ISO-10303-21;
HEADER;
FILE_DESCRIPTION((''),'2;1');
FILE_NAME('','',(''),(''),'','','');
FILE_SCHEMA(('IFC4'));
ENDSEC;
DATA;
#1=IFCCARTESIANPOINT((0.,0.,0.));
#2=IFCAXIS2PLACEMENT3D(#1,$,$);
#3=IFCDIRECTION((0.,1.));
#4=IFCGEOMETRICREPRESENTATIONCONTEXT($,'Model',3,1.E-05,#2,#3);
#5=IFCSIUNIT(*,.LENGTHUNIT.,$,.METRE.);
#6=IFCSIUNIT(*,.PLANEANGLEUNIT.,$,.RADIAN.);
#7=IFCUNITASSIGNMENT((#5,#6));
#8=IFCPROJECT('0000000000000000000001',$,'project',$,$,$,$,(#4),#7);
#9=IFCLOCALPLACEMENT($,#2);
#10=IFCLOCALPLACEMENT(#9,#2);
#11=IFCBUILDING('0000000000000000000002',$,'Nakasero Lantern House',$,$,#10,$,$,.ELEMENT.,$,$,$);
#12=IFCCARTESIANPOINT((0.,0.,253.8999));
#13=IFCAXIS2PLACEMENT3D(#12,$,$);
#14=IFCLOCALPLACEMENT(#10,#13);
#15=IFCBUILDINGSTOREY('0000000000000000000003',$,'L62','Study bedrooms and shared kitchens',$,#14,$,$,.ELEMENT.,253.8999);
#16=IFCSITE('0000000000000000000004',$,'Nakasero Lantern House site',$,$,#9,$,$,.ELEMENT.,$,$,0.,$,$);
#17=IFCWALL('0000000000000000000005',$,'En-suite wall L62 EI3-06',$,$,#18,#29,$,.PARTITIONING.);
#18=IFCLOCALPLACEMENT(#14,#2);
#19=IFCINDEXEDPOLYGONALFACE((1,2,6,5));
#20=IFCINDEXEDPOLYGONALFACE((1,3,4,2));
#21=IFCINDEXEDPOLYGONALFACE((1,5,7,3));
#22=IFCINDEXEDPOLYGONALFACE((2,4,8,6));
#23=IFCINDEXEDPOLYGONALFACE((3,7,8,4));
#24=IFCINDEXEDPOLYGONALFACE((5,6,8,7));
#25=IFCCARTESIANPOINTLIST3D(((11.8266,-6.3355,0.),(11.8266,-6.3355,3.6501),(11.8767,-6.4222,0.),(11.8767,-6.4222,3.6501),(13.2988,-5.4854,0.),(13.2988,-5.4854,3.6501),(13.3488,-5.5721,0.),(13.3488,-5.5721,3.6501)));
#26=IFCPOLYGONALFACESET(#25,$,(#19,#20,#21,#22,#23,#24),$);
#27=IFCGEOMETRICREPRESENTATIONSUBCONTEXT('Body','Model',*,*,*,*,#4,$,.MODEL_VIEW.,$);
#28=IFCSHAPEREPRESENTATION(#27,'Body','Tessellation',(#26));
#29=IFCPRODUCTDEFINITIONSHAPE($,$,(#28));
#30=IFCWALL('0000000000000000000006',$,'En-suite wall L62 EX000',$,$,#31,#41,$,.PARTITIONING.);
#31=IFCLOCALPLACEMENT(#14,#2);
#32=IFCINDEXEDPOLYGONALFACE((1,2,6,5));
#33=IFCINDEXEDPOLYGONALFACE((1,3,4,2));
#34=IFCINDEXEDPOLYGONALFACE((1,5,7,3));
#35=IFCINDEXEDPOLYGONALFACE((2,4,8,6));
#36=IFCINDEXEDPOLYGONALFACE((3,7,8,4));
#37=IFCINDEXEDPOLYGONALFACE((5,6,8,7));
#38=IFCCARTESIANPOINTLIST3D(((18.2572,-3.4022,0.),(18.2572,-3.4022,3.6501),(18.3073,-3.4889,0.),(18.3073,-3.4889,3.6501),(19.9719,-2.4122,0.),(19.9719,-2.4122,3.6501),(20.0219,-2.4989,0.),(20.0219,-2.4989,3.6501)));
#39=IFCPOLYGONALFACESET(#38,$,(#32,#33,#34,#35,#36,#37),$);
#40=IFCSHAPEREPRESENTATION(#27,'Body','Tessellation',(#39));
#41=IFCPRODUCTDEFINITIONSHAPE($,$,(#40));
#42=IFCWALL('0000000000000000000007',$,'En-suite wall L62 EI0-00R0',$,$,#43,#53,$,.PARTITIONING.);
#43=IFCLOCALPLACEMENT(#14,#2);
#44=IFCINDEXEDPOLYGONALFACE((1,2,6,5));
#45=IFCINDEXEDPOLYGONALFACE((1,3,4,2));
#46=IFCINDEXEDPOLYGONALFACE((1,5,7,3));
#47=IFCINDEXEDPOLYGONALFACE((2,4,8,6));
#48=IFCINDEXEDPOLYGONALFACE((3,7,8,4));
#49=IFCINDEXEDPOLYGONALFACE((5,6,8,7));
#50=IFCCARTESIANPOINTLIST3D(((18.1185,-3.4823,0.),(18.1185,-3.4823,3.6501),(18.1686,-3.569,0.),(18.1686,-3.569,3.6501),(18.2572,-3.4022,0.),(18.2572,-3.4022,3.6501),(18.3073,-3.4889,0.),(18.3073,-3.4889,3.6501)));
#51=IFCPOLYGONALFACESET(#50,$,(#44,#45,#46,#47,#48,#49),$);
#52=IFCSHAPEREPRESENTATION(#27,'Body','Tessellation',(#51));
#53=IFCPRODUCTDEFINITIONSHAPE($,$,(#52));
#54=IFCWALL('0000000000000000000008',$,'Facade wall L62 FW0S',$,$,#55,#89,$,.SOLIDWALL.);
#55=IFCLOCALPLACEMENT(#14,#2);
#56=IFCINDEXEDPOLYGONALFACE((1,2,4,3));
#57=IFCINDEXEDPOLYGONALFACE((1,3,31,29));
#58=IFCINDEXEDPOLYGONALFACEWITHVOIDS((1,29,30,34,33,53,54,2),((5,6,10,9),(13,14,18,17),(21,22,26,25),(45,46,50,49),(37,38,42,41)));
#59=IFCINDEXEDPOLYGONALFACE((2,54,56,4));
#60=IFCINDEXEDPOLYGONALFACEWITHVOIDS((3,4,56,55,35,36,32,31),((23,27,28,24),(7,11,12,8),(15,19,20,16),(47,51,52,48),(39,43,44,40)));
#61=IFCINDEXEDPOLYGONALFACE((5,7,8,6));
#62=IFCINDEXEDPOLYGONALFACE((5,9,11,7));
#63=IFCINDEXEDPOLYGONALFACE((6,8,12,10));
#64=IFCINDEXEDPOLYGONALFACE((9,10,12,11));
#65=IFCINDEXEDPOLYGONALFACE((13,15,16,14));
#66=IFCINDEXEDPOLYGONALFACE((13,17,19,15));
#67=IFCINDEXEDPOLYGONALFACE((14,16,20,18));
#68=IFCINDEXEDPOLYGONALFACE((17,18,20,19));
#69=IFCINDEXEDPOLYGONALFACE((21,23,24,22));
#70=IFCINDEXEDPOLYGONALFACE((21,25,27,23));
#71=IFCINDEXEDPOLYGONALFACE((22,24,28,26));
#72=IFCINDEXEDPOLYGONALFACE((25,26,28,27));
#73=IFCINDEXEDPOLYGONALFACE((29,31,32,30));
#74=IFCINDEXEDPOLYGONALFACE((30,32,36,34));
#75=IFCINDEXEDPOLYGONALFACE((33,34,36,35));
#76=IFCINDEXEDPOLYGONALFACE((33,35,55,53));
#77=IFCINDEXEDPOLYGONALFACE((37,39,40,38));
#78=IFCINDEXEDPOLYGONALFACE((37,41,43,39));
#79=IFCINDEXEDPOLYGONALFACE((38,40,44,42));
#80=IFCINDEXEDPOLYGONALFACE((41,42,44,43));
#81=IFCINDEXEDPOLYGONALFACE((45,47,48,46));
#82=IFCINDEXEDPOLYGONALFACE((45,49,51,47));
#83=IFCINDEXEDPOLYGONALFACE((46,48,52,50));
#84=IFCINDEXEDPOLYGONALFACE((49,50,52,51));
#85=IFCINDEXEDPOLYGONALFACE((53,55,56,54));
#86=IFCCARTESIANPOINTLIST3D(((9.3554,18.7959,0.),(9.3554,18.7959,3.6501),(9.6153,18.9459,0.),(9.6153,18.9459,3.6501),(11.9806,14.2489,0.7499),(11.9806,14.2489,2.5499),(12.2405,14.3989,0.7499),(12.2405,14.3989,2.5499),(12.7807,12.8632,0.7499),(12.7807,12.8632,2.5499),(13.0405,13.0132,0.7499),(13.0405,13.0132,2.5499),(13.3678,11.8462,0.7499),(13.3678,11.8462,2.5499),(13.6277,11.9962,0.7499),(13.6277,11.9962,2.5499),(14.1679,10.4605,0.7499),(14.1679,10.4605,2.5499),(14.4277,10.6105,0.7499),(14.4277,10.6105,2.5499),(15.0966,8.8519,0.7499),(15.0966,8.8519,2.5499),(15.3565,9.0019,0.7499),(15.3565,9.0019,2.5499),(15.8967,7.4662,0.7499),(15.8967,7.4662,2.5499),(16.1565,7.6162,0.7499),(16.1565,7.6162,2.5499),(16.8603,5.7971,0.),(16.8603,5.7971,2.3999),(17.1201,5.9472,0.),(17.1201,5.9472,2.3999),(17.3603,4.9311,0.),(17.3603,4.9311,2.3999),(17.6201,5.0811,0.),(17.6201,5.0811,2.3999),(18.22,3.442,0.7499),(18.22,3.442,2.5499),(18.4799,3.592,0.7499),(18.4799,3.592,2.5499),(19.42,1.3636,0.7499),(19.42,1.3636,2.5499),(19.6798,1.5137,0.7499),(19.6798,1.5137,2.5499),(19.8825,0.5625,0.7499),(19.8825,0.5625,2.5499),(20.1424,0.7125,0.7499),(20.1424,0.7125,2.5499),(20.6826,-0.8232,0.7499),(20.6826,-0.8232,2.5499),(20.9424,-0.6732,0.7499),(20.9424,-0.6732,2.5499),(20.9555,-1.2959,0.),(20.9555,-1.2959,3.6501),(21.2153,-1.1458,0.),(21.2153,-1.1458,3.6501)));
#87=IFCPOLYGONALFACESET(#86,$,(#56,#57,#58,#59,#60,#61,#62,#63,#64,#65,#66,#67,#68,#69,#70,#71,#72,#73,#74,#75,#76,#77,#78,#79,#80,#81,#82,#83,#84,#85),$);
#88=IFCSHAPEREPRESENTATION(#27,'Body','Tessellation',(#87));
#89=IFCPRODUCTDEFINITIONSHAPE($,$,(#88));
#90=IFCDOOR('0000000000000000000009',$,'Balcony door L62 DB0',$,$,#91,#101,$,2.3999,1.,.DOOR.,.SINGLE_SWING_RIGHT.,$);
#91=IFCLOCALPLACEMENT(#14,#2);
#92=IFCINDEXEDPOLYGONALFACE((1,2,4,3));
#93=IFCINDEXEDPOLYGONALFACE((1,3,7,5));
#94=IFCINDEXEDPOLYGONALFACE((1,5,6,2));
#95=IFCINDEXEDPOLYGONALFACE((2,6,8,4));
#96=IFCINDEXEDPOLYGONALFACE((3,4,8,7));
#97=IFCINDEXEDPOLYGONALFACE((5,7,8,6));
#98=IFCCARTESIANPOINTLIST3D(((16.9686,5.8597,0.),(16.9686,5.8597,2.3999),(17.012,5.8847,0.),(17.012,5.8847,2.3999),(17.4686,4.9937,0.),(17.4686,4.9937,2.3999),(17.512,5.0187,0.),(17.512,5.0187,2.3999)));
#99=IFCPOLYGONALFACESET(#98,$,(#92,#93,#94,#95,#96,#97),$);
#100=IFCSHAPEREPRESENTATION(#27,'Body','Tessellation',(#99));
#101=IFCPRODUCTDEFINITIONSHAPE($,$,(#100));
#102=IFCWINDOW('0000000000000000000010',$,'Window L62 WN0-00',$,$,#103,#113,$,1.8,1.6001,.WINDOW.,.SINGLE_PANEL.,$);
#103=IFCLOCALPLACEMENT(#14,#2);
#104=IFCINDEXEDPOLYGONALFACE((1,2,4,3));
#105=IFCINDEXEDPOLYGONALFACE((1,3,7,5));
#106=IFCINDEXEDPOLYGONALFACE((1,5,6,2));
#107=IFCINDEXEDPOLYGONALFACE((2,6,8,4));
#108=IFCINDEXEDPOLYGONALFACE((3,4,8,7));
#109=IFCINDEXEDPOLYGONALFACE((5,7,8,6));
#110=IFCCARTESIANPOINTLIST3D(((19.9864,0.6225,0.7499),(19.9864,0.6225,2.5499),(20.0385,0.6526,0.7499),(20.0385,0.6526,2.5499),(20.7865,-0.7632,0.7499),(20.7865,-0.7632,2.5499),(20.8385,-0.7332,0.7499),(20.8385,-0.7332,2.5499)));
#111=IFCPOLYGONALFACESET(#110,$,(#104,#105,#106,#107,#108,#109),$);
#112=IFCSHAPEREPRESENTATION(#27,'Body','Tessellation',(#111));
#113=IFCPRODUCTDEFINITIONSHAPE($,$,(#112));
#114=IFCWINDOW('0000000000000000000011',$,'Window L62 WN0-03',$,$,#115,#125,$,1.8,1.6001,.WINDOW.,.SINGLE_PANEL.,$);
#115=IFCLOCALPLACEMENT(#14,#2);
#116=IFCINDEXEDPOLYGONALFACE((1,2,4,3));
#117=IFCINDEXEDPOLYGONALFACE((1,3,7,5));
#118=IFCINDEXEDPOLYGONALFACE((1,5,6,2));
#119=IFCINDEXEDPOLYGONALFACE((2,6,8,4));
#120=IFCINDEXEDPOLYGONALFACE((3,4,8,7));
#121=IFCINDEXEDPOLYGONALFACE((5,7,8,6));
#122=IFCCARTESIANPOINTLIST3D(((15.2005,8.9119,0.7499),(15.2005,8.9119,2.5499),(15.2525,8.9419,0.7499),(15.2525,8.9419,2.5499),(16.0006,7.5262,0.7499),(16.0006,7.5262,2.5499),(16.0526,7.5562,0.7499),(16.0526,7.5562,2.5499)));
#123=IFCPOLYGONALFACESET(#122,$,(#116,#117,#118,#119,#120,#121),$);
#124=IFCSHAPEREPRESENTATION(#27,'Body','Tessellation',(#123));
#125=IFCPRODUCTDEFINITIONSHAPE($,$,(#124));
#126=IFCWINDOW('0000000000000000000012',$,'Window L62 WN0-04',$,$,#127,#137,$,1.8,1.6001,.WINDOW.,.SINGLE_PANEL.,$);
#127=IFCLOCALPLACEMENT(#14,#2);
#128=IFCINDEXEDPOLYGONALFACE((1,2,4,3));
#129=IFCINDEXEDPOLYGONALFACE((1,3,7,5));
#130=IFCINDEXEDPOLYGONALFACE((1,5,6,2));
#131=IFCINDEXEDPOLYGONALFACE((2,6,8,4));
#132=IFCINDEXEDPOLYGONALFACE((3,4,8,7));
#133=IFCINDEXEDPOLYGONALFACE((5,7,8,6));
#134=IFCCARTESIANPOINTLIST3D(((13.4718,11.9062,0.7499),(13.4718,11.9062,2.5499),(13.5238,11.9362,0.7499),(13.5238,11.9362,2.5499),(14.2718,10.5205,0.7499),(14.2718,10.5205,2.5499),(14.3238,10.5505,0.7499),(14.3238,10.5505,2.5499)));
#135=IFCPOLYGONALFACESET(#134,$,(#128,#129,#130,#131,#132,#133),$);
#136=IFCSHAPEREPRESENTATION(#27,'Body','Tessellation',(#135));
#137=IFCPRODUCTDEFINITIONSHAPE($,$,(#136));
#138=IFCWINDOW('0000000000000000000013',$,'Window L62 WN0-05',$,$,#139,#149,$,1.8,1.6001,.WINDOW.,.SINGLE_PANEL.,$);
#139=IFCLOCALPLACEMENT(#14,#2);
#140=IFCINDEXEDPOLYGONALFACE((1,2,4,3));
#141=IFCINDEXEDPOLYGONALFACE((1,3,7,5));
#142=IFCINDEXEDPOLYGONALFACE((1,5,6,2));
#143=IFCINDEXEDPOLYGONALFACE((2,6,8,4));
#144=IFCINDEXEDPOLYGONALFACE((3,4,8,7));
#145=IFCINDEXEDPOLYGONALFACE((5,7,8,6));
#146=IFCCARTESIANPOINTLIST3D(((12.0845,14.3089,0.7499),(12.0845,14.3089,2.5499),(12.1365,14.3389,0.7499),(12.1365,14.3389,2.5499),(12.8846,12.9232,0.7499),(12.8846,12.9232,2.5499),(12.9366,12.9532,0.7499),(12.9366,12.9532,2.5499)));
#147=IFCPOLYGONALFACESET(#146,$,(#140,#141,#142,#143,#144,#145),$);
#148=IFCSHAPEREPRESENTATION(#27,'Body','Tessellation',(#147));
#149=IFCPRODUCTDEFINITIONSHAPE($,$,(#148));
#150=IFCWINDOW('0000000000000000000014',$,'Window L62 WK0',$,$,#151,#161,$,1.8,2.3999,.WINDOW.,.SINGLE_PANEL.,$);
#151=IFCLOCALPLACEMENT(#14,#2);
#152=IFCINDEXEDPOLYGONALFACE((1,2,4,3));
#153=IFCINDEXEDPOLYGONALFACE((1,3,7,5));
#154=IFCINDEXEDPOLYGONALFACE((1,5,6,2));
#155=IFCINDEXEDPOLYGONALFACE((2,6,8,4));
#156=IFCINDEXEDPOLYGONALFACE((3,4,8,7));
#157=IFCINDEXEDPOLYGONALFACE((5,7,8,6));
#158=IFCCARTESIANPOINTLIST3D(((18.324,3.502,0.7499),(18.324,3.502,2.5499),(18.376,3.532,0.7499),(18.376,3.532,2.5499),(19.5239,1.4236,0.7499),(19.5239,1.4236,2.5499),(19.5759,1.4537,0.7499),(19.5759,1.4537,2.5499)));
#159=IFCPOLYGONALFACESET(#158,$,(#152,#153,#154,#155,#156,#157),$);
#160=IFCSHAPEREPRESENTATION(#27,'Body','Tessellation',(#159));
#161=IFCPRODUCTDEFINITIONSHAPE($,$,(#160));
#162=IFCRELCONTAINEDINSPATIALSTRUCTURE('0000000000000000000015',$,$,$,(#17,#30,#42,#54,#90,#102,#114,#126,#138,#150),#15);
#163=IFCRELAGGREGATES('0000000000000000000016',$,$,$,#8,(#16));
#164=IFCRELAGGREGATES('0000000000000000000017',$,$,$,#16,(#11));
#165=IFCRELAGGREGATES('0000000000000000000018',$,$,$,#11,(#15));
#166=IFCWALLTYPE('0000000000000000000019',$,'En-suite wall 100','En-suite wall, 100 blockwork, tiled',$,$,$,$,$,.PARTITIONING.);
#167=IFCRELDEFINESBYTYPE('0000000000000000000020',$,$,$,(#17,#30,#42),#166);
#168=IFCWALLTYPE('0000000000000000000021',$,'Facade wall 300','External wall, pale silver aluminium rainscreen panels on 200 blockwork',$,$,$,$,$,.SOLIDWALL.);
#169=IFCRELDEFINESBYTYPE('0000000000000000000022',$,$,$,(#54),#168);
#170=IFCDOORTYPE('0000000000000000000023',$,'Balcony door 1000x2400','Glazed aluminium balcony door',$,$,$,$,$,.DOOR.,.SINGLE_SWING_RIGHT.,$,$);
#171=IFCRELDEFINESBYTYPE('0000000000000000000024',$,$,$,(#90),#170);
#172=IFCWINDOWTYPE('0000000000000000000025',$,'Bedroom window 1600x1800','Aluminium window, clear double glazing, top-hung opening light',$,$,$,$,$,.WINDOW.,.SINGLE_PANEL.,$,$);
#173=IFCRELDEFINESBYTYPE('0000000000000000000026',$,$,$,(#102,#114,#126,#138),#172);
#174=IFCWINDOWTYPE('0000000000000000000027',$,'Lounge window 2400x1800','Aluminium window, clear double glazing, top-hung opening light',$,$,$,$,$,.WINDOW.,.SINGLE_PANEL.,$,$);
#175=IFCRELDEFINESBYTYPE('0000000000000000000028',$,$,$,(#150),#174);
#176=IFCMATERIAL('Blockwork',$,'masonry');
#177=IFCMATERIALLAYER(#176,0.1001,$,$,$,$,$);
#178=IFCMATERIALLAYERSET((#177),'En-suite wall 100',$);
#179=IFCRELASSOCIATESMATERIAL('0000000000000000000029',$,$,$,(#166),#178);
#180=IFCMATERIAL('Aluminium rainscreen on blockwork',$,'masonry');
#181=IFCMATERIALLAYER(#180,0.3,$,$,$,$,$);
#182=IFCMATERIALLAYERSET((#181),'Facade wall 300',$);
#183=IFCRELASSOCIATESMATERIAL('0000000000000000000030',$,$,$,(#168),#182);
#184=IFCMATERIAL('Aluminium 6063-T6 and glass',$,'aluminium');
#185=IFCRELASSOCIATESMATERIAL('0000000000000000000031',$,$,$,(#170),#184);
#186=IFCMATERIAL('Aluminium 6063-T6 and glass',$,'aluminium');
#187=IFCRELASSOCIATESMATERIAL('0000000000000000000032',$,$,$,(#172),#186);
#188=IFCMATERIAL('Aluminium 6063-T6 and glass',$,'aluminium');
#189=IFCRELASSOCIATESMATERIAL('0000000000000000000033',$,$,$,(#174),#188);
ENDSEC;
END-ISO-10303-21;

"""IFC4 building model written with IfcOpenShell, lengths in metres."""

from ifc_helpers import new_model, si_unit, direction, frame, frame_2d, origin, place, context, subcontext, project, spatial, rectangle, extrude, material, layer, layer_set, type_object, element, fill, save


model = new_model("IFC4")

# Units and contexts
model_context = context("Model", 3, precision=1e-05, world=origin(), true_north=direction((0.0, 1.0)))
body_context = subcontext(model_context, "Body", "Model", "MODEL_VIEW")
ifc_project = project(units=[si_unit("LENGTHUNIT", "METRE"), si_unit("PLANEANGLEUNIT", "RADIAN")], contexts=[model_context])

# Site, building, storey
site_placement = place(None, origin())
site = spatial("IfcSite", under=ifc_project, at=site_placement, Name="Nakasero Lantern House site", CompositionType="ELEMENT", RefElevation=0.0)
building_placement = place(site_placement, origin())
building = spatial("IfcBuilding", under=site, at=building_placement, Name="Nakasero Lantern House", CompositionType="ELEMENT")
storey_placement = place(building_placement, frame((0.0, 0.0, 253.8999)))
storey = spatial("IfcBuildingStorey", under=building, at=storey_placement, Name="L62", Description="Study bedrooms and shared kitchens", CompositionType="ELEMENT", Elevation=253.8999)

# Shared definitions
ifc_material_1 = material(Name="Blockwork", Category="masonry")
ifc_layer_1 = layer(ifc_material_1, 0.1001)
ifc_layer_set_1 = layer_set([ifc_layer_1], Name="En-suite wall 100")
wall_type_1 = type_object("IfcWallType", Name="En-suite wall 100", Description="En-suite wall, 100 blockwork, tiled", PredefinedType="PARTITIONING", material=ifc_layer_set_1)

# Walls
wall_1_placement = place(storey_placement, frame((11.8516, -6.3789, 0.0), z_axis=(0.0, 0.0, 1.0), x_axis=(0.865989, 0.500062, 0.0)))
element("IfcWall", 1, at=wall_1_placement, inside=storey, type_object=wall_type_1, Name="En-suite wall L62 EI3-06", PredefinedType="PARTITIONING", context=body_context, shape_type="SweptSolid", body=[
    extrude(rectangle(XDim=1.7, YDim=0.1001, at=frame_2d((0.8501, 0.0))), origin(), (0.0, 0.0, 1.0), 3.6501),
])
wall_2_placement = place(storey_placement, frame((18.2822, -3.4456, 0.0), z_axis=(0.0, 0.0, 1.0), x_axis=(0.866011, 0.500025, 0.0)))
element("IfcWall", 2, at=wall_2_placement, inside=storey, type_object=wall_type_1, Name="En-suite wall L62 EX000", PredefinedType="PARTITIONING", context=body_context, shape_type="SweptSolid", body=[
    extrude(rectangle(XDim=1.98, YDim=0.1001, at=frame_2d((0.99, 0.0))), origin(), (0.0, 0.0, 1.0), 3.6501),
])
wall_3_placement = place(storey_placement, frame((18.1436, -3.5256, 0.0), z_axis=(0.0, 0.0, 1.0), x_axis=(0.865982, 0.500074, 0.0)))
element("IfcWall", 3, at=wall_3_placement, inside=storey, type_object=wall_type_1, Name="En-suite wall L62 EI0-00R0", PredefinedType="PARTITIONING", context=body_context, shape_type="SweptSolid", body=[
    extrude(rectangle(XDim=0.1602, YDim=0.1001, at=frame_2d((0.0801, 0.0))), origin(), (0.0, 0.0, 1.0), 3.6501),
])

# Wall, openings, door, windows
ifc_material_2 = material(Name="Aluminium rainscreen on blockwork", Category="masonry")
ifc_layer_2 = layer(ifc_material_2, 0.3)
ifc_layer_set_2 = layer_set([ifc_layer_2], Name="Facade wall 300")
wall_type_2 = type_object("IfcWallType", Name="Facade wall 300", Description="External wall, pale silver aluminium rainscreen panels on 200 blockwork", PredefinedType="SOLIDWALL", material=ifc_layer_set_2)
wall_4_placement = place(storey_placement, frame((21.0854, -1.2209, 0.0), z_axis=(0.0, 0.0, 1.0), x_axis=(-0.500003, 0.866024, 0.0)))
wall_4 = element("IfcWall", 4, at=wall_4_placement, inside=storey, type_object=wall_type_2, Name="Facade wall L62 FW0S", PredefinedType="SOLIDWALL", context=body_context, shape_type="SweptSolid", body=[
    extrude(rectangle(XDim=23.2, YDim=0.3, at=frame_2d((11.6001, 0.0))), origin(), (0.0, 0.0, 1.0), 3.6501),
])
opening_1_placement = place(wall_4_placement, frame((0.5459, 0.0, 0.75)))
opening_1 = element("IfcOpeningElement", 5, at=opening_1_placement, cuts=wall_4, PredefinedType="OPENING", context=body_context, shape_type="SweptSolid", body=[
    extrude(rectangle(XDim=1.6001, YDim=1.8, at=frame_2d((0.8, 0.8999))), frame((0.0, 0.1699, 0.0), z_axis=(0.0, -1.0, 0.0), x_axis=(1.0, 0.0, 0.0)), (0.0, 0.0, 1.0), 0.3401),
])
opening_2_placement = place(wall_4_placement, frame((10.1177, 0.0, 0.75)))
opening_2 = element("IfcOpeningElement", 6, at=opening_2_placement, cuts=wall_4, PredefinedType="OPENING", context=body_context, shape_type="SweptSolid", body=[
    extrude(rectangle(XDim=1.6001, YDim=1.8, at=frame_2d((0.8, 0.8999))), frame((0.0, 0.1699, 0.0), z_axis=(0.0, -1.0, 0.0), x_axis=(1.0, 0.0, 0.0)), (0.0, 0.0, 1.0), 0.3401),
])
opening_3_placement = place(wall_4_placement, frame((13.5752, 0.0, 0.75)))
opening_3 = element("IfcOpeningElement", 7, at=opening_3_placement, cuts=wall_4, PredefinedType="OPENING", context=body_context, shape_type="SweptSolid", body=[
    extrude(rectangle(XDim=1.6001, YDim=1.8, at=frame_2d((0.8, 0.8999))), frame((0.0, 0.1699, 0.0), z_axis=(0.0, -1.0, 0.0), x_axis=(1.0, 0.0, 0.0)), (0.0, 0.0, 1.0), 0.3401),
])
opening_4_placement = place(wall_4_placement, frame((16.3496, 0.0, 0.75)))
opening_4 = element("IfcOpeningElement", 8, at=opening_4_placement, cuts=wall_4, PredefinedType="OPENING", context=body_context, shape_type="SweptSolid", body=[
    extrude(rectangle(XDim=1.6001, YDim=1.8, at=frame_2d((0.8, 0.8999))), frame((0.0, 0.1699, 0.0), z_axis=(0.0, -1.0, 0.0), x_axis=(1.0, 0.0, 0.0)), (0.0, 0.0, 1.0), 0.3401),
])
opening_5_placement = place(wall_4_placement, frame((3.071, 0.0, 0.75)))
opening_5 = element("IfcOpeningElement", 9, at=opening_5_placement, cuts=wall_4, PredefinedType="OPENING", context=body_context, shape_type="SweptSolid", body=[
    extrude(rectangle(XDim=2.3999, YDim=1.8, at=frame_2d((1.2, 0.8999))), frame((0.0, 0.1699, 0.0), z_axis=(0.0, -1.0, 0.0), x_axis=(1.0, 0.0, 0.0)), (0.0, 0.0, 1.0), 0.3401),
])
opening_6_placement = place(wall_4_placement, frame((7.1904, 0.0, 0.0)))
opening_6 = element("IfcOpeningElement", 10, at=opening_6_placement, cuts=wall_4, PredefinedType="OPENING", context=body_context, shape_type="SweptSolid", body=[
    extrude(rectangle(XDim=1.0, YDim=2.3999, at=frame_2d((0.5, 1.2))), frame((0.0, 0.1699, 0.0), z_axis=(0.0, -1.0, 0.0), x_axis=(1.0, 0.0, 0.0)), (0.0, 0.0, 1.0), 0.3401),
])
ifc_material_3 = material(Name="Aluminium 6063-T6 and glass", Category="aluminium")
door_type_1 = type_object("IfcDoorType", Name="Balcony door 1000x2400", Description="Glazed aluminium balcony door", OperationType="SINGLE_SWING_RIGHT", PredefinedType="DOOR", material=ifc_material_3)
door_1_placement = place(opening_6_placement, origin())
door_1 = element("IfcDoor", 11, at=door_1_placement, inside=storey, type_object=door_type_1, Name="Balcony door L62 DB0", OperationType="SINGLE_SWING_RIGHT", OverallHeight=2.3999, OverallWidth=1.0, PredefinedType="DOOR", context=body_context, shape_type="SweptSolid", body=[
    extrude(rectangle(XDim=1.0, YDim=2.3999, at=frame_2d((0.5, 1.2))), frame((0.0, 0.0249, 0.0), z_axis=(0.0, -1.0, 0.0), x_axis=(1.0, 0.0, 0.0)), (0.0, 0.0, 1.0), 0.05),
])
fill(opening_6, door_1)
ifc_material_4 = material(Name="Aluminium 6063-T6 and glass", Category="aluminium")
window_type_1 = type_object("IfcWindowType", Name="Bedroom window 1600x1800", Description="Aluminium window, clear double glazing, top-hung opening light", PartitioningType="SINGLE_PANEL", PredefinedType="WINDOW", material=ifc_material_4)
window_1_placement = place(opening_1_placement, origin())
window_1 = element("IfcWindow", 12, at=window_1_placement, inside=storey, type_object=window_type_1, Name="Window L62 WN0-00", OverallHeight=1.8, OverallWidth=1.6001, PartitioningType="SINGLE_PANEL", PredefinedType="WINDOW", context=body_context, shape_type="SweptSolid", body=[
    extrude(rectangle(XDim=1.6001, YDim=1.8, at=frame_2d((0.8, 0.8999))), frame((0.0, 0.03, 0.0), z_axis=(0.0, -1.0, 0.0), x_axis=(1.0, 0.0, 0.0)), (0.0, 0.0, 1.0), 0.0601),
])
fill(opening_1, window_1)
window_2_placement = place(opening_2_placement, origin())
window_2 = element("IfcWindow", 13, at=window_2_placement, inside=storey, type_object=window_type_1, Name="Window L62 WN0-03", OverallHeight=1.8, OverallWidth=1.6001, PartitioningType="SINGLE_PANEL", PredefinedType="WINDOW", context=body_context, shape_type="SweptSolid", body=[
    extrude(rectangle(XDim=1.6001, YDim=1.8, at=frame_2d((0.8, 0.8999))), frame((0.0, 0.03, 0.0), z_axis=(0.0, -1.0, 0.0), x_axis=(1.0, 0.0, 0.0)), (0.0, 0.0, 1.0), 0.0601),
])
fill(opening_2, window_2)
window_3_placement = place(opening_3_placement, origin())
window_3 = element("IfcWindow", 14, at=window_3_placement, inside=storey, type_object=window_type_1, Name="Window L62 WN0-04", OverallHeight=1.8, OverallWidth=1.6001, PartitioningType="SINGLE_PANEL", PredefinedType="WINDOW", context=body_context, shape_type="SweptSolid", body=[
    extrude(rectangle(XDim=1.6001, YDim=1.8, at=frame_2d((0.8, 0.8999))), frame((0.0, 0.03, 0.0), z_axis=(0.0, -1.0, 0.0), x_axis=(1.0, 0.0, 0.0)), (0.0, 0.0, 1.0), 0.0601),
])
fill(opening_3, window_3)
window_4_placement = place(opening_4_placement, origin())
window_4 = element("IfcWindow", 15, at=window_4_placement, inside=storey, type_object=window_type_1, Name="Window L62 WN0-05", OverallHeight=1.8, OverallWidth=1.6001, PartitioningType="SINGLE_PANEL", PredefinedType="WINDOW", context=body_context, shape_type="SweptSolid", body=[
    extrude(rectangle(XDim=1.6001, YDim=1.8, at=frame_2d((0.8, 0.8999))), frame((0.0, 0.03, 0.0), z_axis=(0.0, -1.0, 0.0), x_axis=(1.0, 0.0, 0.0)), (0.0, 0.0, 1.0), 0.0601),
])
fill(opening_4, window_4)
ifc_material_5 = material(Name="Aluminium 6063-T6 and glass", Category="aluminium")
window_type_2 = type_object("IfcWindowType", Name="Lounge window 2400x1800", Description="Aluminium window, clear double glazing, top-hung opening light", PartitioningType="SINGLE_PANEL", PredefinedType="WINDOW", material=ifc_material_5)
window_5_placement = place(opening_5_placement, origin())
window_5 = element("IfcWindow", 16, at=window_5_placement, inside=storey, type_object=window_type_2, Name="Window L62 WK0", OverallHeight=1.8, OverallWidth=2.3999, PartitioningType="SINGLE_PANEL", PredefinedType="WINDOW", context=body_context, shape_type="SweptSolid", body=[
    extrude(rectangle(XDim=2.3999, YDim=1.8, at=frame_2d((1.2, 0.8999))), frame((0.0, 0.03, 0.0), z_axis=(0.0, -1.0, 0.0), x_axis=(1.0, 0.0, 0.0)), (0.0, 0.0, 1.0), 0.0601),
])
fill(opening_5, window_5)

save(model, "model.ifc")
